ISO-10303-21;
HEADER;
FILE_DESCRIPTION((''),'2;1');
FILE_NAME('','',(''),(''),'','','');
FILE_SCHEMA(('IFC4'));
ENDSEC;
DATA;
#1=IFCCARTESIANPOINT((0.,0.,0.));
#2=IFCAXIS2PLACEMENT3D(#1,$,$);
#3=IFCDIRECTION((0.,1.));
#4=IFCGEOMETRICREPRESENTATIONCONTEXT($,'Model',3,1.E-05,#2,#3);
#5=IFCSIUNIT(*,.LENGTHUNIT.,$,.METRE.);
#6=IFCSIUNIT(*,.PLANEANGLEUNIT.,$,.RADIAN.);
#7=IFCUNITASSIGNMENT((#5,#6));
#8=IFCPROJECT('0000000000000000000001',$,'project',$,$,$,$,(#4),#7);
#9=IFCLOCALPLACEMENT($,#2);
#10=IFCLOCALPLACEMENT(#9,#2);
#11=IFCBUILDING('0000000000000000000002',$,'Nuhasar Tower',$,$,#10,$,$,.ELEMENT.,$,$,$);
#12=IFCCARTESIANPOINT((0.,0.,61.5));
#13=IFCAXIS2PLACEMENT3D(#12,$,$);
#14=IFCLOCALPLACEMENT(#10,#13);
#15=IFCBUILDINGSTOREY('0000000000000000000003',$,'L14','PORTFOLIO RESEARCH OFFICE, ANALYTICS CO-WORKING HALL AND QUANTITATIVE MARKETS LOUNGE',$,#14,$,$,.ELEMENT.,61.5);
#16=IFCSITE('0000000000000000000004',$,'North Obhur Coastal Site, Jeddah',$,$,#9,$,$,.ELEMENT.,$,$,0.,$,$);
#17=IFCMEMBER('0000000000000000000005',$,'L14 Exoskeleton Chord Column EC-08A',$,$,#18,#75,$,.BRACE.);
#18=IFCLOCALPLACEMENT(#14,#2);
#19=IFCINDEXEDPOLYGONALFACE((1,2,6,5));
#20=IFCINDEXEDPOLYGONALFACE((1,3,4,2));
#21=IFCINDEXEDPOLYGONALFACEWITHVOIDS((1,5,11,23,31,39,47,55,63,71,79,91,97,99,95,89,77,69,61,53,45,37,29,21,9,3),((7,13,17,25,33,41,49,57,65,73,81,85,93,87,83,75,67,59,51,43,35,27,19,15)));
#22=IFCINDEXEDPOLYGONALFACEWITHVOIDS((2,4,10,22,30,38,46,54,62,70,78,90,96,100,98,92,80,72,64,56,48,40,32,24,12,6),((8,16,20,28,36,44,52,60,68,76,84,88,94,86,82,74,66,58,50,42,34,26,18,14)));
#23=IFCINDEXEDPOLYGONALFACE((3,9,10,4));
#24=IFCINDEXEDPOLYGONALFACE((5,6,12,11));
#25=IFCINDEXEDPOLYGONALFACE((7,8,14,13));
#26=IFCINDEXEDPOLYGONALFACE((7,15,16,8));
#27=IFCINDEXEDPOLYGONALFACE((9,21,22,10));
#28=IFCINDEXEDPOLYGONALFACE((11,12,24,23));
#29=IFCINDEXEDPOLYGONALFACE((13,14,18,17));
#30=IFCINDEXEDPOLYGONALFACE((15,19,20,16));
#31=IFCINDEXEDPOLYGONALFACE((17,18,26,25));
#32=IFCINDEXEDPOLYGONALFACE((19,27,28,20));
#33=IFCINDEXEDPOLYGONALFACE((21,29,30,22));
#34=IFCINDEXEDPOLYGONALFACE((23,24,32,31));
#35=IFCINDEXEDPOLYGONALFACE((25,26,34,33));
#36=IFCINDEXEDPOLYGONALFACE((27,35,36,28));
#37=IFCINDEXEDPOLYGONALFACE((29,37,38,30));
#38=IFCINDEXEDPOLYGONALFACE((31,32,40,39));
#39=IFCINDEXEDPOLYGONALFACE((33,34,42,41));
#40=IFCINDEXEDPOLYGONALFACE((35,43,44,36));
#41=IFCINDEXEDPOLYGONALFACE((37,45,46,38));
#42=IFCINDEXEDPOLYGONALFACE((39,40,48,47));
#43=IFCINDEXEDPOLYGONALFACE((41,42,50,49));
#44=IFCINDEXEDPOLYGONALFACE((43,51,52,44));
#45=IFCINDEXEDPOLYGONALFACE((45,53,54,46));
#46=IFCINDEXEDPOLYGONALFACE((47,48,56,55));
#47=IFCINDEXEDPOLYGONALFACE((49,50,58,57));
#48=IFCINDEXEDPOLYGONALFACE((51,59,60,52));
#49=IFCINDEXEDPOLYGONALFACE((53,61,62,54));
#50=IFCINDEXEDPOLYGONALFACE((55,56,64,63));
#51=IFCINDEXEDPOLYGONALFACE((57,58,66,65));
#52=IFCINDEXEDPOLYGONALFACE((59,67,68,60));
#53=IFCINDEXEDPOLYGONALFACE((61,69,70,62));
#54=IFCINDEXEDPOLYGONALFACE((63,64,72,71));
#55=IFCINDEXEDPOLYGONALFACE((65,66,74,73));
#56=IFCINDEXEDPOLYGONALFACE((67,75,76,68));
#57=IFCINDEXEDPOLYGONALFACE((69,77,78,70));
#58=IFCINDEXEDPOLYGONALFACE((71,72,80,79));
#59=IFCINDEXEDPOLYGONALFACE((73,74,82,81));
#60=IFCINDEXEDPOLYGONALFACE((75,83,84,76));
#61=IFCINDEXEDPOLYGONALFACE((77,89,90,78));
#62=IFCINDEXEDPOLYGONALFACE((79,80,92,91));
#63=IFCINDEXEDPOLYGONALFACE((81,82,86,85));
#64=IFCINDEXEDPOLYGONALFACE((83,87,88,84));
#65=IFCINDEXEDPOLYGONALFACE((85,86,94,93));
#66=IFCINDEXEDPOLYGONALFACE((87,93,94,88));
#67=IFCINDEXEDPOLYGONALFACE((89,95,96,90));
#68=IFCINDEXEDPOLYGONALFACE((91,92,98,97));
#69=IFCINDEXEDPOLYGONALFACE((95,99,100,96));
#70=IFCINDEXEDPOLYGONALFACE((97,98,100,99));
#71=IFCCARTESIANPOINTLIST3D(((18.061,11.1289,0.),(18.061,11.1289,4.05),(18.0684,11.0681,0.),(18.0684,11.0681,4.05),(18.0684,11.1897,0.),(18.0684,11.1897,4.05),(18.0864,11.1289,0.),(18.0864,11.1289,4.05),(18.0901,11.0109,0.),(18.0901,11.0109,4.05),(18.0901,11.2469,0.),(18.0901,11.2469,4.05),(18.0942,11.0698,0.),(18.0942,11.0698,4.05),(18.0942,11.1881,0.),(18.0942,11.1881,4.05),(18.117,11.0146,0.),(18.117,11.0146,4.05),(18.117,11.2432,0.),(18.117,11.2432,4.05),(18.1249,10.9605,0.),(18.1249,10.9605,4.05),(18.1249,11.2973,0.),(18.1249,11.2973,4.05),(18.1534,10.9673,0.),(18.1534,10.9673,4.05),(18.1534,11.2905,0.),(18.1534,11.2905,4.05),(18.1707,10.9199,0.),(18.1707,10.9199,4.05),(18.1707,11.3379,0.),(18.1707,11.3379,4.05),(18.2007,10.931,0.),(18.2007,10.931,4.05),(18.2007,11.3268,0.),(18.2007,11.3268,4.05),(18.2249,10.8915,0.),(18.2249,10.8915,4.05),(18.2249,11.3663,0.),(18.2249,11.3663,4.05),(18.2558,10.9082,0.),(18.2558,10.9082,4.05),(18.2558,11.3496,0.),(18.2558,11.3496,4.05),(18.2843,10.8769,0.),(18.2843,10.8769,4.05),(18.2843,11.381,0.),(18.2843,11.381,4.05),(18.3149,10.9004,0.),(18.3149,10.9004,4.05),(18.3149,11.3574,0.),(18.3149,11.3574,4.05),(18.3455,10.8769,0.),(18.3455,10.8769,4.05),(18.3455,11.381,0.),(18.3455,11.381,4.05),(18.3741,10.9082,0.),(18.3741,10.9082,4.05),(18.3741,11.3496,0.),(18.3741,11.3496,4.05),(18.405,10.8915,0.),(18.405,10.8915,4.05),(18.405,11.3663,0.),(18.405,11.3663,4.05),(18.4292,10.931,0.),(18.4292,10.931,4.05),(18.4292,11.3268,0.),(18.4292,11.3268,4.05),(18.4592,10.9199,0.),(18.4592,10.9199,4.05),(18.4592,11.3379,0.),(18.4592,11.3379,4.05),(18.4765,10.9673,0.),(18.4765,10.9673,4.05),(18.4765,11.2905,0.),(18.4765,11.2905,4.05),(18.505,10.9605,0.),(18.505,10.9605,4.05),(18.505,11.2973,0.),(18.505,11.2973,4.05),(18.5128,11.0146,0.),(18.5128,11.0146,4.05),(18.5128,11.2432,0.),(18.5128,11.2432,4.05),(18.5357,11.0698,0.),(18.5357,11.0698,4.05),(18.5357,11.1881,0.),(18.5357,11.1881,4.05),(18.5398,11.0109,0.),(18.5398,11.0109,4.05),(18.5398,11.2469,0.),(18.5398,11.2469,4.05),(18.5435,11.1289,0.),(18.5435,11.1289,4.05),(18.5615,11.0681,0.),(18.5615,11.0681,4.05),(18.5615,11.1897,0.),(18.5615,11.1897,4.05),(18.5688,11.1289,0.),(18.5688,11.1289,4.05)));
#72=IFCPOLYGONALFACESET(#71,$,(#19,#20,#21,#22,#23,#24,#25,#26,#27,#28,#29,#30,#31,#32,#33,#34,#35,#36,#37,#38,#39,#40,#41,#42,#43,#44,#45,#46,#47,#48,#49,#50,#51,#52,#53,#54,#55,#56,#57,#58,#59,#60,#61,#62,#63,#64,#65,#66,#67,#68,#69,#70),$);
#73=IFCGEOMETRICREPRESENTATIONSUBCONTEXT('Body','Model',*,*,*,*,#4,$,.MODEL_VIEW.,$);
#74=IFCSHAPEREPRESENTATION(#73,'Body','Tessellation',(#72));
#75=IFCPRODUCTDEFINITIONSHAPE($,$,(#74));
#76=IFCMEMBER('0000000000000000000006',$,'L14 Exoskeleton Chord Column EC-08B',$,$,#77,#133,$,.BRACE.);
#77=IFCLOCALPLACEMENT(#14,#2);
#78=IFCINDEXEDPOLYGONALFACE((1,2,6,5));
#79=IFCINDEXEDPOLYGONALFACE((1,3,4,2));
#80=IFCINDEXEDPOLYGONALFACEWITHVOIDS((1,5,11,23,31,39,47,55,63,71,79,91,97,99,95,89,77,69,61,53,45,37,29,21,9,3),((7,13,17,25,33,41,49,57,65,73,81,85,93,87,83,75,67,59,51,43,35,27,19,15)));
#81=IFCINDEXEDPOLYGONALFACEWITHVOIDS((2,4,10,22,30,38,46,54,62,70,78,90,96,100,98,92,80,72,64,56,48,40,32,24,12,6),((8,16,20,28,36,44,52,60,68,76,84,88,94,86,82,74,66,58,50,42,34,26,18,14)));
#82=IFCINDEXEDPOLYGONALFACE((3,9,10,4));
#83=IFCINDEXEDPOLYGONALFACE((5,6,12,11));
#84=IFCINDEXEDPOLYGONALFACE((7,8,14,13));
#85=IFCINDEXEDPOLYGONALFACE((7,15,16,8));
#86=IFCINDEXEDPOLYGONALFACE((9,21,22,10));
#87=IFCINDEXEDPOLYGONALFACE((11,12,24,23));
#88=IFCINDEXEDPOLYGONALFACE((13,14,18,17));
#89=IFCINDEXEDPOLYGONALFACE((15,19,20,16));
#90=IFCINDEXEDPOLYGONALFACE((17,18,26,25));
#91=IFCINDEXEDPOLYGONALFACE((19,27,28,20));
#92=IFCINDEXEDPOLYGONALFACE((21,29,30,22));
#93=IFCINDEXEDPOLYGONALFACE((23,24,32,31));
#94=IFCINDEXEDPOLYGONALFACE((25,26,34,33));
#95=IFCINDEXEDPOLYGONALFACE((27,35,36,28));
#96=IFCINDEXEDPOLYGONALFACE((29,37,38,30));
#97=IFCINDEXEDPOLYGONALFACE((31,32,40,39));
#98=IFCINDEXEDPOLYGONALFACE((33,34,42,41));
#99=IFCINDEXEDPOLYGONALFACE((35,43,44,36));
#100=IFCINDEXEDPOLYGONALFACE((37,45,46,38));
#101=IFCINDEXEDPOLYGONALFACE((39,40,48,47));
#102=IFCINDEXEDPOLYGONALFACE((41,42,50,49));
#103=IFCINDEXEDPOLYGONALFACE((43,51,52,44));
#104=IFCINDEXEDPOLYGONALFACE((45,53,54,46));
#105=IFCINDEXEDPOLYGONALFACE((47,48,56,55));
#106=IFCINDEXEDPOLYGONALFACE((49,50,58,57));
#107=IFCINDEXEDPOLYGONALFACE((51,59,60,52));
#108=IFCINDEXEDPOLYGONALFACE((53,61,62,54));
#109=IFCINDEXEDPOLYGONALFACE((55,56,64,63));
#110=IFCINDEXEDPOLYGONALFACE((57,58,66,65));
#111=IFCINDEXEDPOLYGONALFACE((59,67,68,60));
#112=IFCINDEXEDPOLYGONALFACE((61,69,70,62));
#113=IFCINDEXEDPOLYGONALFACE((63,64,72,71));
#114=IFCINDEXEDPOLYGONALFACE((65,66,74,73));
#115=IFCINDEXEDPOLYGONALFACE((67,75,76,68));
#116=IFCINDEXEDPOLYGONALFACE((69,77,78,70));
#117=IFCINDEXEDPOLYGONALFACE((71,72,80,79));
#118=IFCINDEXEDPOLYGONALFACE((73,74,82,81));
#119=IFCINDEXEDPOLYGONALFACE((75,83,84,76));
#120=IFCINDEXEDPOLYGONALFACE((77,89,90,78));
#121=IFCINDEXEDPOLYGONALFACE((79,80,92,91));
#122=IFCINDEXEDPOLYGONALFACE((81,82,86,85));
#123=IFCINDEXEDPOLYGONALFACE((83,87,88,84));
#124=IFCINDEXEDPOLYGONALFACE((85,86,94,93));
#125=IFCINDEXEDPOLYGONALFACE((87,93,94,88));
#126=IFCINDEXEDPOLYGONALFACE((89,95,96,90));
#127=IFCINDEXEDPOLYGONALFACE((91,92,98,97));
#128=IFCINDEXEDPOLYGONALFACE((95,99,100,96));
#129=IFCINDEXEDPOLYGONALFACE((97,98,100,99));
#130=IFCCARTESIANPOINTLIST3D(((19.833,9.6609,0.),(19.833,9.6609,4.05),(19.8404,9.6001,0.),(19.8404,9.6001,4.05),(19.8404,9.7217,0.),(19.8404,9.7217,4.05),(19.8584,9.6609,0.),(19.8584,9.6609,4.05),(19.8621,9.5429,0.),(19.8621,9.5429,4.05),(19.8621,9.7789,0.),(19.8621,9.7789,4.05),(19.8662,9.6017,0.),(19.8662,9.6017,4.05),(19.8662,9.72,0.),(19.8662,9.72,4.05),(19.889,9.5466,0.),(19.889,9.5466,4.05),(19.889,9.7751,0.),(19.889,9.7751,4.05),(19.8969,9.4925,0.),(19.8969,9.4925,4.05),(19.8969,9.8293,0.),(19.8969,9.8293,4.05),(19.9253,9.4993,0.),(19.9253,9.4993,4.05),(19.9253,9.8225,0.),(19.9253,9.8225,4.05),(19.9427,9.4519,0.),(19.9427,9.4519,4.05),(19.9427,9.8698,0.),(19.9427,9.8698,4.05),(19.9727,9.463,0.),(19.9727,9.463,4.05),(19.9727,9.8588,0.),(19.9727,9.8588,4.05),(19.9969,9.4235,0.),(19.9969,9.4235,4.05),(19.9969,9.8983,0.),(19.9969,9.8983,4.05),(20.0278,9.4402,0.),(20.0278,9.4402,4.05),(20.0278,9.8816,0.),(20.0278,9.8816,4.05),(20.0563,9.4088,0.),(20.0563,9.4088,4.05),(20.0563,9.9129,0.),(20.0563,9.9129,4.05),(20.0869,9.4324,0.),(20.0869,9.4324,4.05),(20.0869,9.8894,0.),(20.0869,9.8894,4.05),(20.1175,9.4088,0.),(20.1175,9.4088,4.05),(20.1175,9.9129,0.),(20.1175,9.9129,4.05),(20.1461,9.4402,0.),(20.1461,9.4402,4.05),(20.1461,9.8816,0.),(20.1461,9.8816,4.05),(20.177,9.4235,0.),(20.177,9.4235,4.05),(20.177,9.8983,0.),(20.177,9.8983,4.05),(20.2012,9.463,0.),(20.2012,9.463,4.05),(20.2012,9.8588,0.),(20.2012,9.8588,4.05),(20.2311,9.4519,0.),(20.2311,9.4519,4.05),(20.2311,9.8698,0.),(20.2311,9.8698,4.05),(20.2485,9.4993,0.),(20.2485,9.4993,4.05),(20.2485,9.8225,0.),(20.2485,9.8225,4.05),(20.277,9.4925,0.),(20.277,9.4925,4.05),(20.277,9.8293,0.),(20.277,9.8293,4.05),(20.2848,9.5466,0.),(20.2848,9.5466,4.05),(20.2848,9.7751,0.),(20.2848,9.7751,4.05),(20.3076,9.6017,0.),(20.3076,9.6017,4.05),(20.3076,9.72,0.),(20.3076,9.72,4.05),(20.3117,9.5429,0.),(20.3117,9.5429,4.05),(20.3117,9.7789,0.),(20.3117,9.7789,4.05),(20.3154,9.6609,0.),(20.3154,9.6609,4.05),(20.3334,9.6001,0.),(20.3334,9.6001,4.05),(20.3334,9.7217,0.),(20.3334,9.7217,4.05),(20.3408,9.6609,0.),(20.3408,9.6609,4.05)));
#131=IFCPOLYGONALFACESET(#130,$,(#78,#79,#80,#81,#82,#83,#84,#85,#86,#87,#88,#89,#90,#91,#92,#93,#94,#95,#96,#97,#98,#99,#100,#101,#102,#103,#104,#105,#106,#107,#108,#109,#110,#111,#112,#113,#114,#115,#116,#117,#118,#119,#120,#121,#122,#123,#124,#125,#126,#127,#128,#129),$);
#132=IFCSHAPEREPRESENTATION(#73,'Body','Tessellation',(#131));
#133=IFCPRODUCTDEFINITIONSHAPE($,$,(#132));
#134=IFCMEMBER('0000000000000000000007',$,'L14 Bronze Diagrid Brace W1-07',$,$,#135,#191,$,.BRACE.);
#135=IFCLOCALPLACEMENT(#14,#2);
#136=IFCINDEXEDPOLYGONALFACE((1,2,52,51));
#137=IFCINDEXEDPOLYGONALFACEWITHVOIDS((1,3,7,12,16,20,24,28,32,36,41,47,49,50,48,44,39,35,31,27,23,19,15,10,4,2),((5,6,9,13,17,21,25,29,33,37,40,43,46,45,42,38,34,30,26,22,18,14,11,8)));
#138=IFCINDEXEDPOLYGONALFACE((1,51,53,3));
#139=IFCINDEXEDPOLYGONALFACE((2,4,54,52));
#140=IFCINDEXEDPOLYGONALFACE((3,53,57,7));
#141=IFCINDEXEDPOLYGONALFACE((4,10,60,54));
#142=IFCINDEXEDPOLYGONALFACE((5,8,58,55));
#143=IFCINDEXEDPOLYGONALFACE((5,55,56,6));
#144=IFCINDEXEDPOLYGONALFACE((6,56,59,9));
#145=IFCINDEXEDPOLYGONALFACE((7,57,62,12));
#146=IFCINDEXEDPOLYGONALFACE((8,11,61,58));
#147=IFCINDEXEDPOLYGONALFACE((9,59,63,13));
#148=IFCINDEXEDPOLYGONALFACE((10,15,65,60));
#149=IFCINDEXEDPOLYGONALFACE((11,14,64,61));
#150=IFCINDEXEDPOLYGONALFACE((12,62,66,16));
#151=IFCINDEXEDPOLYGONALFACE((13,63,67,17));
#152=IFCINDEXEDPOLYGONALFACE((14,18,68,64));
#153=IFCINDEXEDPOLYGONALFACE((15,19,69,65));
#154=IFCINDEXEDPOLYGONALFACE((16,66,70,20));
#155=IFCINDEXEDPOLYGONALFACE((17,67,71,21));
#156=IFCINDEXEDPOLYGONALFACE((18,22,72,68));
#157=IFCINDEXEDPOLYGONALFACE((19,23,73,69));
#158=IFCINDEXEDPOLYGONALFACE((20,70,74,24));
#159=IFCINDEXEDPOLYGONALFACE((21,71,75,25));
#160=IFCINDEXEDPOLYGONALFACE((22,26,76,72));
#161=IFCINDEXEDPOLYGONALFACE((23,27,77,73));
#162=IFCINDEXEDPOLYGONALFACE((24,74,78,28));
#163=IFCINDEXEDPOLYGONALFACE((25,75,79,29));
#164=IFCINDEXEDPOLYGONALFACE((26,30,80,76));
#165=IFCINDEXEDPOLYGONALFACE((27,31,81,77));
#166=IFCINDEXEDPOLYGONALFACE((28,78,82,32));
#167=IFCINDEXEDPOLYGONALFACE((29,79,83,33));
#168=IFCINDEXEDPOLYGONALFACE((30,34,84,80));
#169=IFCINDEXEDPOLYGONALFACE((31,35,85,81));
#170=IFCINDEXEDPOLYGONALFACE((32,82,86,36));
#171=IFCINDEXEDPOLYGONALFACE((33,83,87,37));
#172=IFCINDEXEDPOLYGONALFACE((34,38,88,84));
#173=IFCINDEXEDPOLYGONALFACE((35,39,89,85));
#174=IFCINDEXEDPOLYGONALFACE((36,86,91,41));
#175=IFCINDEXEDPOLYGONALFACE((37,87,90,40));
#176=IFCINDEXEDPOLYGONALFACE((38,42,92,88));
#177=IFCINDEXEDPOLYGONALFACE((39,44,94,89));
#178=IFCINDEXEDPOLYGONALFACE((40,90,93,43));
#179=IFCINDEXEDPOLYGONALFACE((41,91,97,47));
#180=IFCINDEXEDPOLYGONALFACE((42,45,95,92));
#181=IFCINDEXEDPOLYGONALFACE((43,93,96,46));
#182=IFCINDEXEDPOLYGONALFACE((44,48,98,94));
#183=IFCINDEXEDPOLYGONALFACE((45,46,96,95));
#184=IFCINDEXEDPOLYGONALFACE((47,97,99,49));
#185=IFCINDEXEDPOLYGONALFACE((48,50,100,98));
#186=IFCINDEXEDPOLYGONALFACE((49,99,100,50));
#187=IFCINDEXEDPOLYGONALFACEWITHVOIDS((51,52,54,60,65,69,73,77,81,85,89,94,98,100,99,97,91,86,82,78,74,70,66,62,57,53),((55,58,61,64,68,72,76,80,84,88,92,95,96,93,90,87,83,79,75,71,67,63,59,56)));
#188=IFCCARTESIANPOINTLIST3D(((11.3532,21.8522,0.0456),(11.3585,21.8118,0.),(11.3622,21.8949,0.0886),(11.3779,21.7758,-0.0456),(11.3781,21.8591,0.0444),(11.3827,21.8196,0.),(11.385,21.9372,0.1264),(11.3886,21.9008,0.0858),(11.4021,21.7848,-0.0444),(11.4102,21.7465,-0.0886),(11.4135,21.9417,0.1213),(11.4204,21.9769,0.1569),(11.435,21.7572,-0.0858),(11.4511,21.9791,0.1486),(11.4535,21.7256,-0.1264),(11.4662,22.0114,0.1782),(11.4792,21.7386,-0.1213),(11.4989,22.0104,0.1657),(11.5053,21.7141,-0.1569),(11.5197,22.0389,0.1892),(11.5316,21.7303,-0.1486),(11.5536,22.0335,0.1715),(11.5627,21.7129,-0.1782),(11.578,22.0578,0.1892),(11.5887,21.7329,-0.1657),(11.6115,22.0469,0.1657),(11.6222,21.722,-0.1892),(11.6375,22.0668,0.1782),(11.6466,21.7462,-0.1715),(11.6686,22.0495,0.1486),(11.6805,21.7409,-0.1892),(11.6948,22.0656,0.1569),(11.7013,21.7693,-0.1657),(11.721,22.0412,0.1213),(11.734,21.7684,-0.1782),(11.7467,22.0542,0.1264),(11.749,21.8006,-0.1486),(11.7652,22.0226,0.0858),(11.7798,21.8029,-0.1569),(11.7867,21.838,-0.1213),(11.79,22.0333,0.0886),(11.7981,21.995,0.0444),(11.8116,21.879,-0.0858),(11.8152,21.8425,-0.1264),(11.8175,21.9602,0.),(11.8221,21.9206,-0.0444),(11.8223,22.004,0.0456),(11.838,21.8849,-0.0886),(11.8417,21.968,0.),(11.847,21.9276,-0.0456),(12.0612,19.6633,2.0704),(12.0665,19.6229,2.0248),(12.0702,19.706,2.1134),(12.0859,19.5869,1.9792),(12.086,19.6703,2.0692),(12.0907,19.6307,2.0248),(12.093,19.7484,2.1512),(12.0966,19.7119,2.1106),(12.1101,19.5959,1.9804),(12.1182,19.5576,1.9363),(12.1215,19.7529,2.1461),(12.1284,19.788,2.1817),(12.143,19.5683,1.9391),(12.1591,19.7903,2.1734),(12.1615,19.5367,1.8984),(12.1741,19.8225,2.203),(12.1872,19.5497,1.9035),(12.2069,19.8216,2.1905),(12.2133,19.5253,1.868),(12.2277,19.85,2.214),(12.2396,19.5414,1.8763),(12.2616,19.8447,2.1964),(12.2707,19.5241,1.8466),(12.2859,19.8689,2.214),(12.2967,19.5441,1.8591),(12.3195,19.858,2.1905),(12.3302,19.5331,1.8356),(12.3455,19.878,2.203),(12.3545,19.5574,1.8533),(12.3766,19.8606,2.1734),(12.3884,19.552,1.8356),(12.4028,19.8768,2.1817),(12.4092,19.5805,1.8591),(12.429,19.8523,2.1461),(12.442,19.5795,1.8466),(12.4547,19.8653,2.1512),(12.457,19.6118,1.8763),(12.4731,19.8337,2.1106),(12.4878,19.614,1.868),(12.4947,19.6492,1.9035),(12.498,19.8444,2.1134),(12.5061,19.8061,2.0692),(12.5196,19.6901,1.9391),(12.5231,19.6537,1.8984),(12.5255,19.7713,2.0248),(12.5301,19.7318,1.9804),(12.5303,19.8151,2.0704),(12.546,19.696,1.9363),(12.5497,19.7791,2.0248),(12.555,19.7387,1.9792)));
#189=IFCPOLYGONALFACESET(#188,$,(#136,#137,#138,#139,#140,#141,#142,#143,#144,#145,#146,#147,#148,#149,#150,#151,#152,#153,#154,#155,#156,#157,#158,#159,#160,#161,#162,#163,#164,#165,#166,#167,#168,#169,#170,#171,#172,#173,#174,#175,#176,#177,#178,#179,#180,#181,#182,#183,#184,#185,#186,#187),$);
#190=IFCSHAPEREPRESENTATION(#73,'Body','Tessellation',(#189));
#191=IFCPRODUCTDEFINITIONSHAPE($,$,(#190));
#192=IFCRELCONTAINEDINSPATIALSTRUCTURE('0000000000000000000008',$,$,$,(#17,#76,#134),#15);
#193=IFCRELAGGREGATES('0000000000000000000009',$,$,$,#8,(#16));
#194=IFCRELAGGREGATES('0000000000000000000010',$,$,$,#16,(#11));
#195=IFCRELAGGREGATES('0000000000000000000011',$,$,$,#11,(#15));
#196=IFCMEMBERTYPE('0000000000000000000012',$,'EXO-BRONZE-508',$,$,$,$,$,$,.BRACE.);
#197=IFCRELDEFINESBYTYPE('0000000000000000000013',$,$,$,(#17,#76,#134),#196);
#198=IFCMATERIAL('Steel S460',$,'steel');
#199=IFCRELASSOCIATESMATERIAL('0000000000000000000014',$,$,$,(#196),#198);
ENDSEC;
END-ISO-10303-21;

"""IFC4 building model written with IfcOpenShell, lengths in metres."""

from ifc_helpers import new_model, si_unit, direction, frame, origin, origin_2d, place, context, subcontext, project, spatial, hollow_circle, extrude, material, material_profile, profile_set, type_object, element, save


model = new_model("IFC4")

# Units and contexts
model_context = context("Model", 3, precision=1e-05, world=origin(), true_north=direction((0.0, 1.0)))
body_context = subcontext(model_context, "Body", "Model", "MODEL_VIEW")
ifc_project = project(units=[si_unit("LENGTHUNIT", "METRE"), si_unit("PLANEANGLEUNIT", "RADIAN")], contexts=[model_context])

# Site, building, storey
site_placement = place(None, origin())
site = spatial("IfcSite", under=ifc_project, at=site_placement, Name="North Obhur Coastal Site, Jeddah", CompositionType="ELEMENT", RefElevation=0.0)
building_placement = place(site_placement, origin())
building = spatial("IfcBuilding", under=site, at=building_placement, Name="Nuhasar Tower", CompositionType="ELEMENT")
storey_placement = place(building_placement, frame((0.0, 0.0, 61.5)))
storey = spatial("IfcBuildingStorey", under=building, at=storey_placement, Name="L14", Description="PORTFOLIO RESEARCH OFFICE, ANALYTICS CO-WORKING HALL AND QUANTITATIVE MARKETS LOUNGE", CompositionType="ELEMENT", Elevation=61.5)

# Members
ifc_material_1 = material(Name="Steel S460", Category="steel")
ifc_material_profile_1 = material_profile(ifc_material_1, hollow_circle(Radius=0.2539, WallThickness=0.0254, at=origin_2d()), Name="HSS508X25.4")
ifc_profile_set_1 = profile_set([ifc_material_profile_1], Name="Steel S460")
member_type_1 = type_object("IfcMemberType", Name="EXO-BRONZE-508", PredefinedType="BRACE", material=ifc_profile_set_1)
for number, where, z_axis, x_axis, name in (
    (1, (18.3149, 11.1289, 0.0), (0.0, 0.0, 1.0), (1.0, 0.0, 0.0), "L14 Exoskeleton Chord Column EC-08A"),
    (2, (20.0869, 9.6609, 0.0), (0.0, 0.0, 1.0), (1.0, 0.0, 0.0), "L14 Exoskeleton Chord Column EC-08B"),
):
    element("IfcMember", number, at=place(storey_placement, frame(where, z_axis=z_axis, x_axis=x_axis)), inside=storey, type_object=member_type_1, Name=name, PredefinedType="BRACE", context=body_context, shape_type="SweptSolid", body=[
        extrude(hollow_circle(Radius=0.2539, WallThickness=0.0254, at=origin_2d()), origin(), (0.0, 0.0, 1.0), 4.05),
    ])
member_1_placement = place(storey_placement, frame((11.6001, 21.8899, 0.0), z_axis=(0.231012, -0.714225, 0.660694), x_axis=(0.951468, 0.307747, 0.0)))
element("IfcMember", 3, at=member_1_placement, inside=storey, type_object=member_type_1, Name="L14 Bronze Diagrid Brace W1-07", PredefinedType="BRACE", context=body_context, shape_type="SweptSolid", body=[
    extrude(hollow_circle(Radius=0.2539, WallThickness=0.0254, at=origin_2d()), origin(), (0.0, 0.0, 1.0), 3.0647),
])

save(model, "model.ifc")
